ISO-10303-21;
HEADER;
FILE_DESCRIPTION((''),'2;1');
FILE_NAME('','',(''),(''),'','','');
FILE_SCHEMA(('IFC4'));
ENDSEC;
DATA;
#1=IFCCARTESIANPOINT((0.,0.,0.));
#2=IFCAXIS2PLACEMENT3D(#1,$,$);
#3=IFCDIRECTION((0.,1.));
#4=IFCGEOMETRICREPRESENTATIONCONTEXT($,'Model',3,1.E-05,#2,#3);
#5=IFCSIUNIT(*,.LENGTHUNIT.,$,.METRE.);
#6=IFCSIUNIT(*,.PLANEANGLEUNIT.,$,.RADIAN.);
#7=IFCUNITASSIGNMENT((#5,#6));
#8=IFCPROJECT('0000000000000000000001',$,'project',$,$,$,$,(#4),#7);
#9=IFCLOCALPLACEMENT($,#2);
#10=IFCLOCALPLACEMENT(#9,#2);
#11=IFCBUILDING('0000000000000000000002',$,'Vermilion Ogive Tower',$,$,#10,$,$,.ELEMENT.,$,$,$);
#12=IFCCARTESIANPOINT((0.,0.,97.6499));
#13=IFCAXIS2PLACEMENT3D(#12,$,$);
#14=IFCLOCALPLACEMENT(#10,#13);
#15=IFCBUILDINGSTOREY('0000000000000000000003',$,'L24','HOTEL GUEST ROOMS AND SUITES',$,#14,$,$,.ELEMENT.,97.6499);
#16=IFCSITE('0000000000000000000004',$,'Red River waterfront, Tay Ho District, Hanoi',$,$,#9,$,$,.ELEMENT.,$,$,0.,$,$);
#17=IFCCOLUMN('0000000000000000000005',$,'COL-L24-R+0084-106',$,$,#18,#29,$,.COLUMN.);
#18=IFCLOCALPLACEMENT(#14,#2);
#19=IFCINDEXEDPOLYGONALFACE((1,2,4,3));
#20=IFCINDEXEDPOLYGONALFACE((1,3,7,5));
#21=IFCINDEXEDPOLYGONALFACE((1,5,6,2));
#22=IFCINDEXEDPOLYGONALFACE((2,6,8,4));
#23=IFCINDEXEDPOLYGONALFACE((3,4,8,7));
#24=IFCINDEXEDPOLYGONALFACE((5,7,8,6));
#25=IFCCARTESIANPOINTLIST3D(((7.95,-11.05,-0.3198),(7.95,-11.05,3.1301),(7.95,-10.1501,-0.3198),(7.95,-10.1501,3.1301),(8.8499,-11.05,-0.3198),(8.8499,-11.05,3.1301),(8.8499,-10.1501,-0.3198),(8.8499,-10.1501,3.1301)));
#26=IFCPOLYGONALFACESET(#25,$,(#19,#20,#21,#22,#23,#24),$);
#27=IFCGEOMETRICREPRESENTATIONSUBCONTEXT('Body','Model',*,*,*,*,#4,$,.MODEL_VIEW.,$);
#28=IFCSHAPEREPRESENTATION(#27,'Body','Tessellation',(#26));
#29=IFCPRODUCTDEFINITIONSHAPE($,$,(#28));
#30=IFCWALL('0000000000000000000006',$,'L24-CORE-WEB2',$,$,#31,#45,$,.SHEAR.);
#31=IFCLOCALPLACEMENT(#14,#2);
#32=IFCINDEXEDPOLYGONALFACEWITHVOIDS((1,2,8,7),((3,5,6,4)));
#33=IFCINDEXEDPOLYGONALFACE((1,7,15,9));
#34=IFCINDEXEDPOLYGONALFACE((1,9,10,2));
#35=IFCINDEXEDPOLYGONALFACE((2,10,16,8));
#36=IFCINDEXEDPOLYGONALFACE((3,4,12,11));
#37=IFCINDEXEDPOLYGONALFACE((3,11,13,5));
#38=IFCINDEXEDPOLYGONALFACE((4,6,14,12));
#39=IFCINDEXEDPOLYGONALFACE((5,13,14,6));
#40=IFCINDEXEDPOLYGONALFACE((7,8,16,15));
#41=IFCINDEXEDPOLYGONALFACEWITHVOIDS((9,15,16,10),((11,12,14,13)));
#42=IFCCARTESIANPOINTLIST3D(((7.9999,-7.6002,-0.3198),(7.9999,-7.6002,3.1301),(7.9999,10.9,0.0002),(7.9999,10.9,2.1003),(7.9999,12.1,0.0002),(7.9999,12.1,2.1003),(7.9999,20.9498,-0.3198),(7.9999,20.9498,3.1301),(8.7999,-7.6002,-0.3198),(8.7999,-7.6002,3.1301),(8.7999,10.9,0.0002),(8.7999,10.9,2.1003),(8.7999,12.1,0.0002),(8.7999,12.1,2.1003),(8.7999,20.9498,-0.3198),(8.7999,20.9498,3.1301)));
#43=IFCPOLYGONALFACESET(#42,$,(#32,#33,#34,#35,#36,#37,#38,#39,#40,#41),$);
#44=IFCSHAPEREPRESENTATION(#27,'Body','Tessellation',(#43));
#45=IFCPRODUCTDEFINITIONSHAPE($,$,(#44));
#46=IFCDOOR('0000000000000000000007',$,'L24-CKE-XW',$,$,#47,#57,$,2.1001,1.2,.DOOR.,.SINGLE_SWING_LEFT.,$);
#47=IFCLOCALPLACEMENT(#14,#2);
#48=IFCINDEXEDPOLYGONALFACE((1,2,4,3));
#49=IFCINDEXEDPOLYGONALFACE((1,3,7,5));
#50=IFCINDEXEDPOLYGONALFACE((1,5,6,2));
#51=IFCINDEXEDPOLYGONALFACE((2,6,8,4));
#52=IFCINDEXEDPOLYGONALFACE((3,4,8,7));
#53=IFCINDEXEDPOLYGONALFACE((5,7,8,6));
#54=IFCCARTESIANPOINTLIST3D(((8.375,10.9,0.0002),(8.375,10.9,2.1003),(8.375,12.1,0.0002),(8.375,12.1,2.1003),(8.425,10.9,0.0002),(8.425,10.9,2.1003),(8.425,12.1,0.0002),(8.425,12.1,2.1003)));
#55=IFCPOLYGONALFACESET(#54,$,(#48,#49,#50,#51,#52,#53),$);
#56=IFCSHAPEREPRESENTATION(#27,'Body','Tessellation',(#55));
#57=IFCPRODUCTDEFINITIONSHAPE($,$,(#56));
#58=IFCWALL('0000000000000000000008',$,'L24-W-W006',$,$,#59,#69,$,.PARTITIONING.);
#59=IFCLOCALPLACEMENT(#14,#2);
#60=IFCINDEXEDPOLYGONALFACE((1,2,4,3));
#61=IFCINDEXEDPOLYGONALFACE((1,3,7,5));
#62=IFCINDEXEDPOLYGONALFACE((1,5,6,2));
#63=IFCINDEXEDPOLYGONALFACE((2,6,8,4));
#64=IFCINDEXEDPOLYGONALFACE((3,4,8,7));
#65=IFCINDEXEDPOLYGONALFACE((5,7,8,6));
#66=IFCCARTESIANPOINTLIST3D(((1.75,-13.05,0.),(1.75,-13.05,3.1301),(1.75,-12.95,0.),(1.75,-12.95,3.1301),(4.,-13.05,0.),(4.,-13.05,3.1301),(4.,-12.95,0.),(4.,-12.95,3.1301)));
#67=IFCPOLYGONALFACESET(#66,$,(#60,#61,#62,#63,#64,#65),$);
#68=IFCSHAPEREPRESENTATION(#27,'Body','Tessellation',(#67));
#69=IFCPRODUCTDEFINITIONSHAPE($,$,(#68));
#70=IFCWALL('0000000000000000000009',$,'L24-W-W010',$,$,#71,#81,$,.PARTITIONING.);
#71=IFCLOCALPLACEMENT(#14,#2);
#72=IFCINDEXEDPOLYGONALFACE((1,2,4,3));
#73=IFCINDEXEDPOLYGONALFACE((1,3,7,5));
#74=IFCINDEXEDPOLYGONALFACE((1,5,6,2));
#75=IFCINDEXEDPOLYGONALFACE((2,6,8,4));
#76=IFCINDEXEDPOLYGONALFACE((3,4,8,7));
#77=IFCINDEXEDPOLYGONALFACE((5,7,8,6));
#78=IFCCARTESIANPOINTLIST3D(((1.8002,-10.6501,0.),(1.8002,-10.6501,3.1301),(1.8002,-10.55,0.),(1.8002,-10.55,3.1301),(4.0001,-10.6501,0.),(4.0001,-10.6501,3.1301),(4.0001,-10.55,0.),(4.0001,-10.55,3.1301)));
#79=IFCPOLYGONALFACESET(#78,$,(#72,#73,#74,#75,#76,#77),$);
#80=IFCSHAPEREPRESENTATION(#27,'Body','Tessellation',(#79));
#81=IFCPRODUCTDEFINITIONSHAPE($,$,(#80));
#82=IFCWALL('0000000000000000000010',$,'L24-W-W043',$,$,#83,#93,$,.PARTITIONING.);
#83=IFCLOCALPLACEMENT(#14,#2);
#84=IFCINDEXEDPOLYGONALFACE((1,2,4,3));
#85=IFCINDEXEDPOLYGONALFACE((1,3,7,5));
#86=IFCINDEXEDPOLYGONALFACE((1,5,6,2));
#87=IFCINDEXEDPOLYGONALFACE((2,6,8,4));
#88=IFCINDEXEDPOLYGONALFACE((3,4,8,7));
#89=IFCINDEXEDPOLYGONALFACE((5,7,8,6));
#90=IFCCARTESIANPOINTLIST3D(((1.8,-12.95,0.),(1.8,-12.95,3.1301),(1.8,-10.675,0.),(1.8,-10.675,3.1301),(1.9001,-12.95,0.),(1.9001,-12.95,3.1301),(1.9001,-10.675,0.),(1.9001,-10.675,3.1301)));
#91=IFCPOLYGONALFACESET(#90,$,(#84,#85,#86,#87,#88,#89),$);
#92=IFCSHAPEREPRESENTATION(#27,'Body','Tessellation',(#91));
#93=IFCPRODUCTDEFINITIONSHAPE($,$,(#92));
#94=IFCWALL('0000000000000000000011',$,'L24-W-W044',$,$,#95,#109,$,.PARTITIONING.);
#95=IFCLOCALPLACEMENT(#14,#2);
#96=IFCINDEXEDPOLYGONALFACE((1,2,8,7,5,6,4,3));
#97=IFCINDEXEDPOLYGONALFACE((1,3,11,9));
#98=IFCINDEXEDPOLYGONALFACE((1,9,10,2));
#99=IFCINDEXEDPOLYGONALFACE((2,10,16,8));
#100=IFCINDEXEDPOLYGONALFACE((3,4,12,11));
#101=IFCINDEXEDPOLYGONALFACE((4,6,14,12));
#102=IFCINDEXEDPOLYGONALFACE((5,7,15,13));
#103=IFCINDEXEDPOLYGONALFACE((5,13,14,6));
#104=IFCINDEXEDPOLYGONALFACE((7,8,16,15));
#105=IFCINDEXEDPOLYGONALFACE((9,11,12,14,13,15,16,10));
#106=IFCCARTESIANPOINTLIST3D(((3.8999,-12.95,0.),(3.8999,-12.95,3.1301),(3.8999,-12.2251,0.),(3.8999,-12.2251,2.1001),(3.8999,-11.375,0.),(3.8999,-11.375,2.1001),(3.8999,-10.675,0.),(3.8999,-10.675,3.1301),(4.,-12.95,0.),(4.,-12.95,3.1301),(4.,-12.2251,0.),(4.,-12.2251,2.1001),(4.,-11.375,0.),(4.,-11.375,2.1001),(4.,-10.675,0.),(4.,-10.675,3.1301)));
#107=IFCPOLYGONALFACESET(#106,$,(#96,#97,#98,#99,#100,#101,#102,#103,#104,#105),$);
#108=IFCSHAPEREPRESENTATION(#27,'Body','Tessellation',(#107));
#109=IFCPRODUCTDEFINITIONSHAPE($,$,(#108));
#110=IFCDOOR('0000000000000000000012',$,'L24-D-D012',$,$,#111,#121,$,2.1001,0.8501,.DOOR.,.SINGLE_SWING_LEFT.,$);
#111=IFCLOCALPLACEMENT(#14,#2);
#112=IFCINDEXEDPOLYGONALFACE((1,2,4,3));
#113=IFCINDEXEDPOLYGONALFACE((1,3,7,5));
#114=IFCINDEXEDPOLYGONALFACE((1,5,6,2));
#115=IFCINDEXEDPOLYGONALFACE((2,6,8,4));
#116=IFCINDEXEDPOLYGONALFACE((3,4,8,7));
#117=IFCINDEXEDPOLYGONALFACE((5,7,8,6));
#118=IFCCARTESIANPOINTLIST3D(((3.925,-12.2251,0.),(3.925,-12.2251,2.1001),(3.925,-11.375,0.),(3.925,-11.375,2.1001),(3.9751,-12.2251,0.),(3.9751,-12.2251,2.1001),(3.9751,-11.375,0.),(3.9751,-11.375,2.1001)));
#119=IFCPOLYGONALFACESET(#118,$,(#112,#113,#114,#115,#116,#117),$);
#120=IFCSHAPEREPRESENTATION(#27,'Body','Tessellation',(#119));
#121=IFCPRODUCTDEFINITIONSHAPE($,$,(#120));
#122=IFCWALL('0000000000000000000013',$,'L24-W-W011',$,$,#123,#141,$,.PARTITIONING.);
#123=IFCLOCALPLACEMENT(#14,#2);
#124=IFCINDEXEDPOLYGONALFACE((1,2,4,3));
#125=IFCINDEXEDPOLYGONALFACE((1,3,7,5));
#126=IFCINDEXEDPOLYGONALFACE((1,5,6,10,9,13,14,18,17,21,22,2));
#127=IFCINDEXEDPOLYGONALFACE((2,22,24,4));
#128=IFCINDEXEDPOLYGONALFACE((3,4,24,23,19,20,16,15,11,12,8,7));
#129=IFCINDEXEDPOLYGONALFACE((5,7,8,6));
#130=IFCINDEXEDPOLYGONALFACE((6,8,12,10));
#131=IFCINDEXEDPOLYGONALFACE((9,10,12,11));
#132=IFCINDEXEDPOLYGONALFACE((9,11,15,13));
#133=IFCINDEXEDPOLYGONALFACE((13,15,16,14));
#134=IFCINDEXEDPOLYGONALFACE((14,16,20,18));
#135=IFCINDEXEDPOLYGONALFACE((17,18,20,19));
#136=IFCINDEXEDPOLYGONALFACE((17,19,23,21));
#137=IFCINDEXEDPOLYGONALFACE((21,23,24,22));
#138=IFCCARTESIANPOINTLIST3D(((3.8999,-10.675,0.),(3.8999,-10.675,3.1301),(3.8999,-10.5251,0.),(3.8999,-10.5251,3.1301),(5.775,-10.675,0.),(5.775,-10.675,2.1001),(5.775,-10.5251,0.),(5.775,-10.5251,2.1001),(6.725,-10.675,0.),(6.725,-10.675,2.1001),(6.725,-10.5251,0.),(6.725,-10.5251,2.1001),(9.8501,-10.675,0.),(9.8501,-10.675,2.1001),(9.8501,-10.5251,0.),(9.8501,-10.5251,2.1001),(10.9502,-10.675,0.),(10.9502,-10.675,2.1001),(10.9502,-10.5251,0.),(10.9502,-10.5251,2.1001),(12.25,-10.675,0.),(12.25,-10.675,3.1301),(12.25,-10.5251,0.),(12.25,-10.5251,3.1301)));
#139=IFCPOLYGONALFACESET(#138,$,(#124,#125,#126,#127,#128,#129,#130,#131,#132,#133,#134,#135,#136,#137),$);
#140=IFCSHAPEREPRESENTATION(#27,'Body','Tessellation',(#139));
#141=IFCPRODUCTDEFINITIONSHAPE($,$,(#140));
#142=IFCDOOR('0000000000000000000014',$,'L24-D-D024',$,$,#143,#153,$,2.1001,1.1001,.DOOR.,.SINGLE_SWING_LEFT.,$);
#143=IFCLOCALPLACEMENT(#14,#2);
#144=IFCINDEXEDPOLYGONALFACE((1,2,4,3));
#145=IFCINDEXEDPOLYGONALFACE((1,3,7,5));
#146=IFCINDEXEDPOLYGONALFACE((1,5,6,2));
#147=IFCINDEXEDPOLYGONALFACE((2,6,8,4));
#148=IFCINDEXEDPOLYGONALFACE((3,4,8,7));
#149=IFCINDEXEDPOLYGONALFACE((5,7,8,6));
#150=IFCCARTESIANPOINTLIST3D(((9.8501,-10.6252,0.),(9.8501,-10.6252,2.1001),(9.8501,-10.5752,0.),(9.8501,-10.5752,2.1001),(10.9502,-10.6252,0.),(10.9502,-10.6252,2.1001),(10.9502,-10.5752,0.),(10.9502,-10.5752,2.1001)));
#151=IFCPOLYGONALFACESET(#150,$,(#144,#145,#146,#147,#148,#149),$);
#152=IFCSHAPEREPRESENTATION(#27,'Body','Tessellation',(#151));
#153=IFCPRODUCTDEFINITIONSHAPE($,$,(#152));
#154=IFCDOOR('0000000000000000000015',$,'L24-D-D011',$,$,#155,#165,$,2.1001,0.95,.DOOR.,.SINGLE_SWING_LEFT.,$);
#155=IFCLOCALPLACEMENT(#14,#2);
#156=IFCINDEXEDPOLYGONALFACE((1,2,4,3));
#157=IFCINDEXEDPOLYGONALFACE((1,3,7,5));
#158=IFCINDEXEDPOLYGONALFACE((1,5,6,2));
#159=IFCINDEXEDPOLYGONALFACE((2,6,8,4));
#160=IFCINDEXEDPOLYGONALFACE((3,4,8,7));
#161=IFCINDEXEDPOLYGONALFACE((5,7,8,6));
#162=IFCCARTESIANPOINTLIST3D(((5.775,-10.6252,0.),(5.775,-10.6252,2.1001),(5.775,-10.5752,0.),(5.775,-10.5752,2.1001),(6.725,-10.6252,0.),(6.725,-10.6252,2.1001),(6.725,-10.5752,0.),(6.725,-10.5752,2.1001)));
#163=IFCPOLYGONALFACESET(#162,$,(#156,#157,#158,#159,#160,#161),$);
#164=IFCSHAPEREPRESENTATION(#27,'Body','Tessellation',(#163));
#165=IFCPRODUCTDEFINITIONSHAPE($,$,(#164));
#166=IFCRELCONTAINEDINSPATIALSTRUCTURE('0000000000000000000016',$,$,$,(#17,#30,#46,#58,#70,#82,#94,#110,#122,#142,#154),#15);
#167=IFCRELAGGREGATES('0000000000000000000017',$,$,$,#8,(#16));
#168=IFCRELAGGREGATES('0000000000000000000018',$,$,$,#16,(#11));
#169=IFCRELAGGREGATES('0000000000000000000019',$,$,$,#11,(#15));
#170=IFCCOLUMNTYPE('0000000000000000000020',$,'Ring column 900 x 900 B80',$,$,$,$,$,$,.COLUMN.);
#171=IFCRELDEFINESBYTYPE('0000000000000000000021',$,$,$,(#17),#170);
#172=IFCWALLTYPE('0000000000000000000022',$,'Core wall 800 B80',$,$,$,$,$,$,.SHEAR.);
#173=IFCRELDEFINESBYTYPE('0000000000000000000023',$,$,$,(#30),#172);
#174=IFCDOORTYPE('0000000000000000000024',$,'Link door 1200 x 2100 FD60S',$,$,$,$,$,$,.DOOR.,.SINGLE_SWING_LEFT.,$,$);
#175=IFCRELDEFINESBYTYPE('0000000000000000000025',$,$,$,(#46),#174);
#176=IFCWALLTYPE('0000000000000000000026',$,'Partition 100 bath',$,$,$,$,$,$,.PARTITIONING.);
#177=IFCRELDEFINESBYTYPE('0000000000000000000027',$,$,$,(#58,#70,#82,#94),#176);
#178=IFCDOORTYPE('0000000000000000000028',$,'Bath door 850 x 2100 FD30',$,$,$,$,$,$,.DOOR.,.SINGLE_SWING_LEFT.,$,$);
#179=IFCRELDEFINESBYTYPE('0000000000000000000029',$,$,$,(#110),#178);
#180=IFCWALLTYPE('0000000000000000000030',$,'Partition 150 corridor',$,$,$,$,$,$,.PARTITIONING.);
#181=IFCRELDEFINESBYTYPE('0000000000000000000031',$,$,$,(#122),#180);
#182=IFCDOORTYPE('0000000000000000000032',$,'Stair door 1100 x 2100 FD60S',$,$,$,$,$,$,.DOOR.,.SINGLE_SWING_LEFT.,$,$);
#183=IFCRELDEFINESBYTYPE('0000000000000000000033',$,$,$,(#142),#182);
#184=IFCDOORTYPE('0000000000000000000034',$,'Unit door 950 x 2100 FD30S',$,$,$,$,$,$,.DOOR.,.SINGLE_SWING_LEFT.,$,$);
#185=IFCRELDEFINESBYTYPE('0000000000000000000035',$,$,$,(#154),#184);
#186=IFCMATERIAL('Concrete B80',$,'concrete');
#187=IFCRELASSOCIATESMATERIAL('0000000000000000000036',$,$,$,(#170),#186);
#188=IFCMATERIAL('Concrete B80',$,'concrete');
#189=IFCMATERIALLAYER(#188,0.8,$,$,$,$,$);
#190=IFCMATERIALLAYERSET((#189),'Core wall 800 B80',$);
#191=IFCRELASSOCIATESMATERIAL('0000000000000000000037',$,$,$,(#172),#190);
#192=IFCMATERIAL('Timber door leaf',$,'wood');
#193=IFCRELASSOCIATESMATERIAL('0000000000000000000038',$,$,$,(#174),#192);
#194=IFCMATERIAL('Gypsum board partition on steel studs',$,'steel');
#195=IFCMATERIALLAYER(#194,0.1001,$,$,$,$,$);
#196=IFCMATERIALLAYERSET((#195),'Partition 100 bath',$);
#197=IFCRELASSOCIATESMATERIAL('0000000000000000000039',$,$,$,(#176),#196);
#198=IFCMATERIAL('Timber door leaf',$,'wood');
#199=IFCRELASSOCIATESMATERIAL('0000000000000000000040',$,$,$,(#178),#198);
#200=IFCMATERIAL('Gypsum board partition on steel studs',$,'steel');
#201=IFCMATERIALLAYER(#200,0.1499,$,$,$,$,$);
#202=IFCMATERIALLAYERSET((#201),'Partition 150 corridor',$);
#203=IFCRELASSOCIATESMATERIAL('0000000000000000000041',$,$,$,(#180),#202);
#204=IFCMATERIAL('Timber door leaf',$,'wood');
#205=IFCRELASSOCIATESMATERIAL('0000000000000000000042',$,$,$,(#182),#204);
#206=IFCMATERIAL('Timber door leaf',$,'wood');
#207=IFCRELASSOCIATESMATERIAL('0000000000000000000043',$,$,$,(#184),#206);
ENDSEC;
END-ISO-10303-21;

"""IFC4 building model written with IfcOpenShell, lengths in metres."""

from ifc_helpers import new_model, si_unit, direction, frame, frame_2d, origin, origin_2d, place, context, subcontext, project, spatial, rectangle, extrude, material, layer, layer_set, material_profile, profile_set, type_object, element, fill, save


model = new_model("IFC4")

# Units and contexts
model_context = context("Model", 3, precision=1e-05, world=origin(), true_north=direction((0.0, 1.0)))
body_context = subcontext(model_context, "Body", "Model", "MODEL_VIEW")
ifc_project = project(units=[si_unit("LENGTHUNIT", "METRE"), si_unit("PLANEANGLEUNIT", "RADIAN")], contexts=[model_context])

# Site, building, storey
site_placement = place(None, origin())
site = spatial("IfcSite", under=ifc_project, at=site_placement, Name="Red River waterfront, Tay Ho District, Hanoi", CompositionType="ELEMENT", RefElevation=0.0)
building_placement = place(site_placement, origin())
building = spatial("IfcBuilding", under=site, at=building_placement, Name="Vermilion Ogive Tower", CompositionType="ELEMENT")
storey_placement = place(building_placement, frame((0.0, 0.0, 97.6499)))
storey = spatial("IfcBuildingStorey", under=building, at=storey_placement, Name="L24", Description="HOTEL GUEST ROOMS AND SUITES", CompositionType="ELEMENT", Elevation=97.6499)

# Column
ifc_material_1 = material(Name="Concrete B80", Category="concrete")
ifc_material_profile = material_profile(ifc_material_1, rectangle(XDim=0.8999, YDim=0.8999, at=origin_2d()), Name="900 x 900")
ifc_profile_set = profile_set([ifc_material_profile], Name="Concrete B80")
column_type = type_object("IfcColumnType", Name="Ring column 900 x 900 B80", PredefinedType="COLUMN", material=ifc_profile_set)
column_placement = place(storey_placement, frame((8.3999, -10.6001, -0.3198), z_axis=(0.0, 0.0, 1.0), x_axis=(1.0, 0.0, 0.0)))
element("IfcColumn", 1, at=column_placement, inside=storey, type_object=column_type, Name="COL-L24-R+0084-106", PredefinedType="COLUMN", context=body_context, shape_type="SweptSolid", body=[
    extrude(rectangle(XDim=0.8999, YDim=0.8999, at=origin_2d()), origin(), (0.0, 0.0, 1.0), 3.45),
])

# Wall, opening, door
ifc_material_2 = material(Name="Concrete B80", Category="concrete")
ifc_layer_1 = layer(ifc_material_2, 0.8)
ifc_layer_set_1 = layer_set([ifc_layer_1], Name="Core wall 800 B80")
wall_type_1 = type_object("IfcWallType", Name="Core wall 800 B80", PredefinedType="SHEAR", material=ifc_layer_set_1)
wall_1_placement = place(storey_placement, frame((8.3999, -7.6001, -0.3198), z_axis=(0.0, 0.0, 1.0), x_axis=(0.0, 1.0, 0.0)))
wall_1 = element("IfcWall", 2, at=wall_1_placement, inside=storey, type_object=wall_type_1, Name="L24-CORE-WEB2", PredefinedType="SHEAR", context=body_context, shape_type="SweptSolid", body=[
    extrude(rectangle(XDim=28.55, YDim=0.8, at=frame_2d((14.2749, 0.0))), origin(), (0.0, 0.0, 1.0), 3.45),
])
opening_1_placement = place(wall_1_placement, frame((18.5, 0.0, 0.3201)))
opening_1 = element("IfcOpeningElement", 3, at=opening_1_placement, cuts=wall_1, PredefinedType="OPENING", context=body_context, shape_type="SweptSolid", body=[
    extrude(rectangle(XDim=1.2, YDim=2.1001, at=frame_2d((0.6001, 1.05))), frame((0.0, 0.4099, 0.0), z_axis=(0.0, -1.0, 0.0), x_axis=(1.0, 0.0, 0.0)), (0.0, 0.0, 1.0), 0.8201),
])
ifc_material_3 = material(Name="Timber door leaf", Category="wood")
door_type_1 = type_object("IfcDoorType", Name="Link door 1200 x 2100 FD60S", OperationType="SINGLE_SWING_LEFT", PredefinedType="DOOR", material=ifc_material_3)
door_1_placement = place(opening_1_placement, origin())
door_1 = element("IfcDoor", 4, at=door_1_placement, inside=storey, type_object=door_type_1, Name="L24-CKE-XW", OperationType="SINGLE_SWING_LEFT", OverallHeight=2.1001, OverallWidth=1.2, PredefinedType="DOOR", context=body_context, shape_type="SweptSolid", body=[
    extrude(rectangle(XDim=1.2, YDim=2.1001, at=frame_2d((0.6001, 1.05))), frame((0.0, 0.0249, 0.0), z_axis=(0.0, -1.0, 0.0), x_axis=(1.0, 0.0, 0.0)), (0.0, 0.0, 1.0), 0.05),
])
fill(opening_1, door_1)

# Walls
ifc_material_4 = material(Name="Gypsum board partition on steel studs", Category="steel")
ifc_layer_2 = layer(ifc_material_4, 0.1001)
ifc_layer_set_2 = layer_set([ifc_layer_2], Name="Partition 100 bath")
wall_type_2 = type_object("IfcWallType", Name="Partition 100 bath", PredefinedType="PARTITIONING", material=ifc_layer_set_2)
wall_2_placement = place(storey_placement, frame((1.75, -13.0, 0.0), z_axis=(0.0, 0.0, 1.0), x_axis=(1.0, 0.0, 0.0)))
element("IfcWall", 5, at=wall_2_placement, inside=storey, type_object=wall_type_2, Name="L24-W-W006", PredefinedType="PARTITIONING", context=body_context, shape_type="SweptSolid", body=[
    extrude(rectangle(XDim=2.25, YDim=0.1001, at=frame_2d((1.125, 0.0))), origin(), (0.0, 0.0, 1.0), 3.1301),
])
wall_3_placement = place(storey_placement, frame((1.8, -10.6001, 0.0), z_axis=(0.0, 0.0, 1.0), x_axis=(1.0, 0.0, 0.0)))
element("IfcWall", 6, at=wall_3_placement, inside=storey, type_object=wall_type_2, Name="L24-W-W010", PredefinedType="PARTITIONING", context=body_context, shape_type="SweptSolid", body=[
    extrude(rectangle(XDim=2.2, YDim=0.1001, at=frame_2d((1.1001, 0.0))), origin(), (0.0, 0.0, 1.0), 3.1301),
])
wall_4_placement = place(storey_placement, frame((1.8501, -12.95, 0.0), z_axis=(0.0, 0.0, 1.0), x_axis=(0.0, 1.0, 0.0)))
element("IfcWall", 7, at=wall_4_placement, inside=storey, type_object=wall_type_2, Name="L24-W-W043", PredefinedType="PARTITIONING", context=body_context, shape_type="SweptSolid", body=[
    extrude(rectangle(XDim=2.2749, YDim=0.1001, at=frame_2d((1.1375, 0.0))), origin(), (0.0, 0.0, 1.0), 3.1301),
])

# Wall, opening, door
wall_5_placement = place(storey_placement, frame((3.95, -12.95, 0.0), z_axis=(0.0, 0.0, 1.0), x_axis=(0.0, 1.0, 0.0)))
wall_5 = element("IfcWall", 8, at=wall_5_placement, inside=storey, type_object=wall_type_2, Name="L24-W-W044", PredefinedType="PARTITIONING", context=body_context, shape_type="SweptSolid", body=[
    extrude(rectangle(XDim=2.2749, YDim=0.1001, at=frame_2d((1.1375, 0.0))), origin(), (0.0, 0.0, 1.0), 3.1301),
])
opening_2_placement = place(wall_5_placement, frame((0.7249, 0.0, 0.0)))
opening_2 = element("IfcOpeningElement", 9, at=opening_2_placement, cuts=wall_5, PredefinedType="OPENING", context=body_context, shape_type="SweptSolid", body=[
    extrude(rectangle(XDim=0.8501, YDim=2.1001, at=frame_2d((0.425, 1.05))), frame((0.0, 0.0601, 0.0), z_axis=(0.0, -1.0, 0.0), x_axis=(1.0, 0.0, 0.0)), (0.0, 0.0, 1.0), 0.1201),
])
ifc_material_5 = material(Name="Timber door leaf", Category="wood")
door_type_2 = type_object("IfcDoorType", Name="Bath door 850 x 2100 FD30", OperationType="SINGLE_SWING_LEFT", PredefinedType="DOOR", material=ifc_material_5)
door_2_placement = place(opening_2_placement, origin())
door_2 = element("IfcDoor", 10, at=door_2_placement, inside=storey, type_object=door_type_2, Name="L24-D-D012", OperationType="SINGLE_SWING_LEFT", OverallHeight=2.1001, OverallWidth=0.8501, PredefinedType="DOOR", context=body_context, shape_type="SweptSolid", body=[
    extrude(rectangle(XDim=0.8501, YDim=2.1001, at=frame_2d((0.425, 1.05))), frame((0.0, 0.0249, 0.0), z_axis=(0.0, -1.0, 0.0), x_axis=(1.0, 0.0, 0.0)), (0.0, 0.0, 1.0), 0.05),
])
fill(opening_2, door_2)

# Wall, openings, doors
ifc_material_6 = material(Name="Gypsum board partition on steel studs", Category="steel")
ifc_layer_3 = layer(ifc_material_6, 0.1499)
ifc_layer_set_3 = layer_set([ifc_layer_3], Name="Partition 150 corridor")
wall_type_3 = type_object("IfcWallType", Name="Partition 150 corridor", PredefinedType="PARTITIONING", material=ifc_layer_set_3)
wall_6_placement = place(storey_placement, frame((3.8999, -10.6001, 0.0), z_axis=(0.0, 0.0, 1.0), x_axis=(1.0, 0.0, 0.0)))
wall_6 = element("IfcWall", 11, at=wall_6_placement, inside=storey, type_object=wall_type_3, Name="L24-W-W011", PredefinedType="PARTITIONING", context=body_context, shape_type="SweptSolid", body=[
    extrude(rectangle(XDim=8.3501, YDim=0.1499, at=frame_2d((4.175, 0.0))), origin(), (0.0, 0.0, 1.0), 3.1301),
])
opening_3_placement = place(wall_6_placement, frame((1.875, 0.0, 0.0)))
opening_3 = element("IfcOpeningElement", 12, at=opening_3_placement, cuts=wall_6, PredefinedType="OPENING", context=body_context, shape_type="SweptSolid", body=[
    extrude(rectangle(XDim=0.95, YDim=2.1001, at=frame_2d((0.4751, 1.05))), frame((0.0, 0.085, 0.0), z_axis=(0.0, -1.0, 0.0), x_axis=(1.0, 0.0, 0.0)), (0.0, 0.0, 1.0), 0.1699),
])
opening_4_placement = place(wall_6_placement, frame((5.9502, 0.0, 0.0)))
opening_4 = element("IfcOpeningElement", 13, at=opening_4_placement, cuts=wall_6, PredefinedType="OPENING", context=body_context, shape_type="SweptSolid", body=[
    extrude(rectangle(XDim=1.1001, YDim=2.1001, at=frame_2d((0.55, 1.05))), frame((0.0, 0.085, 0.0), z_axis=(0.0, -1.0, 0.0), x_axis=(1.0, 0.0, 0.0)), (0.0, 0.0, 1.0), 0.1699),
])
ifc_material_7 = material(Name="Timber door leaf", Category="wood")
door_type_3 = type_object("IfcDoorType", Name="Stair door 1100 x 2100 FD60S", OperationType="SINGLE_SWING_LEFT", PredefinedType="DOOR", material=ifc_material_7)
door_3_placement = place(opening_4_placement, origin())
door_3 = element("IfcDoor", 14, at=door_3_placement, inside=storey, type_object=door_type_3, Name="L24-D-D024", OperationType="SINGLE_SWING_LEFT", OverallHeight=2.1001, OverallWidth=1.1001, PredefinedType="DOOR", context=body_context, shape_type="SweptSolid", body=[
    extrude(rectangle(XDim=1.1001, YDim=2.1001, at=frame_2d((0.55, 1.05))), frame((0.0, 0.0249, 0.0), z_axis=(0.0, -1.0, 0.0), x_axis=(1.0, 0.0, 0.0)), (0.0, 0.0, 1.0), 0.05),
])
fill(opening_4, door_3)
ifc_material_8 = material(Name="Timber door leaf", Category="wood")
door_type_4 = type_object("IfcDoorType", Name="Unit door 950 x 2100 FD30S", OperationType="SINGLE_SWING_LEFT", PredefinedType="DOOR", material=ifc_material_8)
door_4_placement = place(opening_3_placement, origin())
door_4 = element("IfcDoor", 15, at=door_4_placement, inside=storey, type_object=door_type_4, Name="L24-D-D011", OperationType="SINGLE_SWING_LEFT", OverallHeight=2.1001, OverallWidth=0.95, PredefinedType="DOOR", context=body_context, shape_type="SweptSolid", body=[
    extrude(rectangle(XDim=0.95, YDim=2.1001, at=frame_2d((0.4751, 1.05))), frame((0.0, 0.0249, 0.0), z_axis=(0.0, -1.0, 0.0), x_axis=(1.0, 0.0, 0.0)), (0.0, 0.0, 1.0), 0.05),
])
fill(opening_3, door_4)

save(model, "model.ifc")
